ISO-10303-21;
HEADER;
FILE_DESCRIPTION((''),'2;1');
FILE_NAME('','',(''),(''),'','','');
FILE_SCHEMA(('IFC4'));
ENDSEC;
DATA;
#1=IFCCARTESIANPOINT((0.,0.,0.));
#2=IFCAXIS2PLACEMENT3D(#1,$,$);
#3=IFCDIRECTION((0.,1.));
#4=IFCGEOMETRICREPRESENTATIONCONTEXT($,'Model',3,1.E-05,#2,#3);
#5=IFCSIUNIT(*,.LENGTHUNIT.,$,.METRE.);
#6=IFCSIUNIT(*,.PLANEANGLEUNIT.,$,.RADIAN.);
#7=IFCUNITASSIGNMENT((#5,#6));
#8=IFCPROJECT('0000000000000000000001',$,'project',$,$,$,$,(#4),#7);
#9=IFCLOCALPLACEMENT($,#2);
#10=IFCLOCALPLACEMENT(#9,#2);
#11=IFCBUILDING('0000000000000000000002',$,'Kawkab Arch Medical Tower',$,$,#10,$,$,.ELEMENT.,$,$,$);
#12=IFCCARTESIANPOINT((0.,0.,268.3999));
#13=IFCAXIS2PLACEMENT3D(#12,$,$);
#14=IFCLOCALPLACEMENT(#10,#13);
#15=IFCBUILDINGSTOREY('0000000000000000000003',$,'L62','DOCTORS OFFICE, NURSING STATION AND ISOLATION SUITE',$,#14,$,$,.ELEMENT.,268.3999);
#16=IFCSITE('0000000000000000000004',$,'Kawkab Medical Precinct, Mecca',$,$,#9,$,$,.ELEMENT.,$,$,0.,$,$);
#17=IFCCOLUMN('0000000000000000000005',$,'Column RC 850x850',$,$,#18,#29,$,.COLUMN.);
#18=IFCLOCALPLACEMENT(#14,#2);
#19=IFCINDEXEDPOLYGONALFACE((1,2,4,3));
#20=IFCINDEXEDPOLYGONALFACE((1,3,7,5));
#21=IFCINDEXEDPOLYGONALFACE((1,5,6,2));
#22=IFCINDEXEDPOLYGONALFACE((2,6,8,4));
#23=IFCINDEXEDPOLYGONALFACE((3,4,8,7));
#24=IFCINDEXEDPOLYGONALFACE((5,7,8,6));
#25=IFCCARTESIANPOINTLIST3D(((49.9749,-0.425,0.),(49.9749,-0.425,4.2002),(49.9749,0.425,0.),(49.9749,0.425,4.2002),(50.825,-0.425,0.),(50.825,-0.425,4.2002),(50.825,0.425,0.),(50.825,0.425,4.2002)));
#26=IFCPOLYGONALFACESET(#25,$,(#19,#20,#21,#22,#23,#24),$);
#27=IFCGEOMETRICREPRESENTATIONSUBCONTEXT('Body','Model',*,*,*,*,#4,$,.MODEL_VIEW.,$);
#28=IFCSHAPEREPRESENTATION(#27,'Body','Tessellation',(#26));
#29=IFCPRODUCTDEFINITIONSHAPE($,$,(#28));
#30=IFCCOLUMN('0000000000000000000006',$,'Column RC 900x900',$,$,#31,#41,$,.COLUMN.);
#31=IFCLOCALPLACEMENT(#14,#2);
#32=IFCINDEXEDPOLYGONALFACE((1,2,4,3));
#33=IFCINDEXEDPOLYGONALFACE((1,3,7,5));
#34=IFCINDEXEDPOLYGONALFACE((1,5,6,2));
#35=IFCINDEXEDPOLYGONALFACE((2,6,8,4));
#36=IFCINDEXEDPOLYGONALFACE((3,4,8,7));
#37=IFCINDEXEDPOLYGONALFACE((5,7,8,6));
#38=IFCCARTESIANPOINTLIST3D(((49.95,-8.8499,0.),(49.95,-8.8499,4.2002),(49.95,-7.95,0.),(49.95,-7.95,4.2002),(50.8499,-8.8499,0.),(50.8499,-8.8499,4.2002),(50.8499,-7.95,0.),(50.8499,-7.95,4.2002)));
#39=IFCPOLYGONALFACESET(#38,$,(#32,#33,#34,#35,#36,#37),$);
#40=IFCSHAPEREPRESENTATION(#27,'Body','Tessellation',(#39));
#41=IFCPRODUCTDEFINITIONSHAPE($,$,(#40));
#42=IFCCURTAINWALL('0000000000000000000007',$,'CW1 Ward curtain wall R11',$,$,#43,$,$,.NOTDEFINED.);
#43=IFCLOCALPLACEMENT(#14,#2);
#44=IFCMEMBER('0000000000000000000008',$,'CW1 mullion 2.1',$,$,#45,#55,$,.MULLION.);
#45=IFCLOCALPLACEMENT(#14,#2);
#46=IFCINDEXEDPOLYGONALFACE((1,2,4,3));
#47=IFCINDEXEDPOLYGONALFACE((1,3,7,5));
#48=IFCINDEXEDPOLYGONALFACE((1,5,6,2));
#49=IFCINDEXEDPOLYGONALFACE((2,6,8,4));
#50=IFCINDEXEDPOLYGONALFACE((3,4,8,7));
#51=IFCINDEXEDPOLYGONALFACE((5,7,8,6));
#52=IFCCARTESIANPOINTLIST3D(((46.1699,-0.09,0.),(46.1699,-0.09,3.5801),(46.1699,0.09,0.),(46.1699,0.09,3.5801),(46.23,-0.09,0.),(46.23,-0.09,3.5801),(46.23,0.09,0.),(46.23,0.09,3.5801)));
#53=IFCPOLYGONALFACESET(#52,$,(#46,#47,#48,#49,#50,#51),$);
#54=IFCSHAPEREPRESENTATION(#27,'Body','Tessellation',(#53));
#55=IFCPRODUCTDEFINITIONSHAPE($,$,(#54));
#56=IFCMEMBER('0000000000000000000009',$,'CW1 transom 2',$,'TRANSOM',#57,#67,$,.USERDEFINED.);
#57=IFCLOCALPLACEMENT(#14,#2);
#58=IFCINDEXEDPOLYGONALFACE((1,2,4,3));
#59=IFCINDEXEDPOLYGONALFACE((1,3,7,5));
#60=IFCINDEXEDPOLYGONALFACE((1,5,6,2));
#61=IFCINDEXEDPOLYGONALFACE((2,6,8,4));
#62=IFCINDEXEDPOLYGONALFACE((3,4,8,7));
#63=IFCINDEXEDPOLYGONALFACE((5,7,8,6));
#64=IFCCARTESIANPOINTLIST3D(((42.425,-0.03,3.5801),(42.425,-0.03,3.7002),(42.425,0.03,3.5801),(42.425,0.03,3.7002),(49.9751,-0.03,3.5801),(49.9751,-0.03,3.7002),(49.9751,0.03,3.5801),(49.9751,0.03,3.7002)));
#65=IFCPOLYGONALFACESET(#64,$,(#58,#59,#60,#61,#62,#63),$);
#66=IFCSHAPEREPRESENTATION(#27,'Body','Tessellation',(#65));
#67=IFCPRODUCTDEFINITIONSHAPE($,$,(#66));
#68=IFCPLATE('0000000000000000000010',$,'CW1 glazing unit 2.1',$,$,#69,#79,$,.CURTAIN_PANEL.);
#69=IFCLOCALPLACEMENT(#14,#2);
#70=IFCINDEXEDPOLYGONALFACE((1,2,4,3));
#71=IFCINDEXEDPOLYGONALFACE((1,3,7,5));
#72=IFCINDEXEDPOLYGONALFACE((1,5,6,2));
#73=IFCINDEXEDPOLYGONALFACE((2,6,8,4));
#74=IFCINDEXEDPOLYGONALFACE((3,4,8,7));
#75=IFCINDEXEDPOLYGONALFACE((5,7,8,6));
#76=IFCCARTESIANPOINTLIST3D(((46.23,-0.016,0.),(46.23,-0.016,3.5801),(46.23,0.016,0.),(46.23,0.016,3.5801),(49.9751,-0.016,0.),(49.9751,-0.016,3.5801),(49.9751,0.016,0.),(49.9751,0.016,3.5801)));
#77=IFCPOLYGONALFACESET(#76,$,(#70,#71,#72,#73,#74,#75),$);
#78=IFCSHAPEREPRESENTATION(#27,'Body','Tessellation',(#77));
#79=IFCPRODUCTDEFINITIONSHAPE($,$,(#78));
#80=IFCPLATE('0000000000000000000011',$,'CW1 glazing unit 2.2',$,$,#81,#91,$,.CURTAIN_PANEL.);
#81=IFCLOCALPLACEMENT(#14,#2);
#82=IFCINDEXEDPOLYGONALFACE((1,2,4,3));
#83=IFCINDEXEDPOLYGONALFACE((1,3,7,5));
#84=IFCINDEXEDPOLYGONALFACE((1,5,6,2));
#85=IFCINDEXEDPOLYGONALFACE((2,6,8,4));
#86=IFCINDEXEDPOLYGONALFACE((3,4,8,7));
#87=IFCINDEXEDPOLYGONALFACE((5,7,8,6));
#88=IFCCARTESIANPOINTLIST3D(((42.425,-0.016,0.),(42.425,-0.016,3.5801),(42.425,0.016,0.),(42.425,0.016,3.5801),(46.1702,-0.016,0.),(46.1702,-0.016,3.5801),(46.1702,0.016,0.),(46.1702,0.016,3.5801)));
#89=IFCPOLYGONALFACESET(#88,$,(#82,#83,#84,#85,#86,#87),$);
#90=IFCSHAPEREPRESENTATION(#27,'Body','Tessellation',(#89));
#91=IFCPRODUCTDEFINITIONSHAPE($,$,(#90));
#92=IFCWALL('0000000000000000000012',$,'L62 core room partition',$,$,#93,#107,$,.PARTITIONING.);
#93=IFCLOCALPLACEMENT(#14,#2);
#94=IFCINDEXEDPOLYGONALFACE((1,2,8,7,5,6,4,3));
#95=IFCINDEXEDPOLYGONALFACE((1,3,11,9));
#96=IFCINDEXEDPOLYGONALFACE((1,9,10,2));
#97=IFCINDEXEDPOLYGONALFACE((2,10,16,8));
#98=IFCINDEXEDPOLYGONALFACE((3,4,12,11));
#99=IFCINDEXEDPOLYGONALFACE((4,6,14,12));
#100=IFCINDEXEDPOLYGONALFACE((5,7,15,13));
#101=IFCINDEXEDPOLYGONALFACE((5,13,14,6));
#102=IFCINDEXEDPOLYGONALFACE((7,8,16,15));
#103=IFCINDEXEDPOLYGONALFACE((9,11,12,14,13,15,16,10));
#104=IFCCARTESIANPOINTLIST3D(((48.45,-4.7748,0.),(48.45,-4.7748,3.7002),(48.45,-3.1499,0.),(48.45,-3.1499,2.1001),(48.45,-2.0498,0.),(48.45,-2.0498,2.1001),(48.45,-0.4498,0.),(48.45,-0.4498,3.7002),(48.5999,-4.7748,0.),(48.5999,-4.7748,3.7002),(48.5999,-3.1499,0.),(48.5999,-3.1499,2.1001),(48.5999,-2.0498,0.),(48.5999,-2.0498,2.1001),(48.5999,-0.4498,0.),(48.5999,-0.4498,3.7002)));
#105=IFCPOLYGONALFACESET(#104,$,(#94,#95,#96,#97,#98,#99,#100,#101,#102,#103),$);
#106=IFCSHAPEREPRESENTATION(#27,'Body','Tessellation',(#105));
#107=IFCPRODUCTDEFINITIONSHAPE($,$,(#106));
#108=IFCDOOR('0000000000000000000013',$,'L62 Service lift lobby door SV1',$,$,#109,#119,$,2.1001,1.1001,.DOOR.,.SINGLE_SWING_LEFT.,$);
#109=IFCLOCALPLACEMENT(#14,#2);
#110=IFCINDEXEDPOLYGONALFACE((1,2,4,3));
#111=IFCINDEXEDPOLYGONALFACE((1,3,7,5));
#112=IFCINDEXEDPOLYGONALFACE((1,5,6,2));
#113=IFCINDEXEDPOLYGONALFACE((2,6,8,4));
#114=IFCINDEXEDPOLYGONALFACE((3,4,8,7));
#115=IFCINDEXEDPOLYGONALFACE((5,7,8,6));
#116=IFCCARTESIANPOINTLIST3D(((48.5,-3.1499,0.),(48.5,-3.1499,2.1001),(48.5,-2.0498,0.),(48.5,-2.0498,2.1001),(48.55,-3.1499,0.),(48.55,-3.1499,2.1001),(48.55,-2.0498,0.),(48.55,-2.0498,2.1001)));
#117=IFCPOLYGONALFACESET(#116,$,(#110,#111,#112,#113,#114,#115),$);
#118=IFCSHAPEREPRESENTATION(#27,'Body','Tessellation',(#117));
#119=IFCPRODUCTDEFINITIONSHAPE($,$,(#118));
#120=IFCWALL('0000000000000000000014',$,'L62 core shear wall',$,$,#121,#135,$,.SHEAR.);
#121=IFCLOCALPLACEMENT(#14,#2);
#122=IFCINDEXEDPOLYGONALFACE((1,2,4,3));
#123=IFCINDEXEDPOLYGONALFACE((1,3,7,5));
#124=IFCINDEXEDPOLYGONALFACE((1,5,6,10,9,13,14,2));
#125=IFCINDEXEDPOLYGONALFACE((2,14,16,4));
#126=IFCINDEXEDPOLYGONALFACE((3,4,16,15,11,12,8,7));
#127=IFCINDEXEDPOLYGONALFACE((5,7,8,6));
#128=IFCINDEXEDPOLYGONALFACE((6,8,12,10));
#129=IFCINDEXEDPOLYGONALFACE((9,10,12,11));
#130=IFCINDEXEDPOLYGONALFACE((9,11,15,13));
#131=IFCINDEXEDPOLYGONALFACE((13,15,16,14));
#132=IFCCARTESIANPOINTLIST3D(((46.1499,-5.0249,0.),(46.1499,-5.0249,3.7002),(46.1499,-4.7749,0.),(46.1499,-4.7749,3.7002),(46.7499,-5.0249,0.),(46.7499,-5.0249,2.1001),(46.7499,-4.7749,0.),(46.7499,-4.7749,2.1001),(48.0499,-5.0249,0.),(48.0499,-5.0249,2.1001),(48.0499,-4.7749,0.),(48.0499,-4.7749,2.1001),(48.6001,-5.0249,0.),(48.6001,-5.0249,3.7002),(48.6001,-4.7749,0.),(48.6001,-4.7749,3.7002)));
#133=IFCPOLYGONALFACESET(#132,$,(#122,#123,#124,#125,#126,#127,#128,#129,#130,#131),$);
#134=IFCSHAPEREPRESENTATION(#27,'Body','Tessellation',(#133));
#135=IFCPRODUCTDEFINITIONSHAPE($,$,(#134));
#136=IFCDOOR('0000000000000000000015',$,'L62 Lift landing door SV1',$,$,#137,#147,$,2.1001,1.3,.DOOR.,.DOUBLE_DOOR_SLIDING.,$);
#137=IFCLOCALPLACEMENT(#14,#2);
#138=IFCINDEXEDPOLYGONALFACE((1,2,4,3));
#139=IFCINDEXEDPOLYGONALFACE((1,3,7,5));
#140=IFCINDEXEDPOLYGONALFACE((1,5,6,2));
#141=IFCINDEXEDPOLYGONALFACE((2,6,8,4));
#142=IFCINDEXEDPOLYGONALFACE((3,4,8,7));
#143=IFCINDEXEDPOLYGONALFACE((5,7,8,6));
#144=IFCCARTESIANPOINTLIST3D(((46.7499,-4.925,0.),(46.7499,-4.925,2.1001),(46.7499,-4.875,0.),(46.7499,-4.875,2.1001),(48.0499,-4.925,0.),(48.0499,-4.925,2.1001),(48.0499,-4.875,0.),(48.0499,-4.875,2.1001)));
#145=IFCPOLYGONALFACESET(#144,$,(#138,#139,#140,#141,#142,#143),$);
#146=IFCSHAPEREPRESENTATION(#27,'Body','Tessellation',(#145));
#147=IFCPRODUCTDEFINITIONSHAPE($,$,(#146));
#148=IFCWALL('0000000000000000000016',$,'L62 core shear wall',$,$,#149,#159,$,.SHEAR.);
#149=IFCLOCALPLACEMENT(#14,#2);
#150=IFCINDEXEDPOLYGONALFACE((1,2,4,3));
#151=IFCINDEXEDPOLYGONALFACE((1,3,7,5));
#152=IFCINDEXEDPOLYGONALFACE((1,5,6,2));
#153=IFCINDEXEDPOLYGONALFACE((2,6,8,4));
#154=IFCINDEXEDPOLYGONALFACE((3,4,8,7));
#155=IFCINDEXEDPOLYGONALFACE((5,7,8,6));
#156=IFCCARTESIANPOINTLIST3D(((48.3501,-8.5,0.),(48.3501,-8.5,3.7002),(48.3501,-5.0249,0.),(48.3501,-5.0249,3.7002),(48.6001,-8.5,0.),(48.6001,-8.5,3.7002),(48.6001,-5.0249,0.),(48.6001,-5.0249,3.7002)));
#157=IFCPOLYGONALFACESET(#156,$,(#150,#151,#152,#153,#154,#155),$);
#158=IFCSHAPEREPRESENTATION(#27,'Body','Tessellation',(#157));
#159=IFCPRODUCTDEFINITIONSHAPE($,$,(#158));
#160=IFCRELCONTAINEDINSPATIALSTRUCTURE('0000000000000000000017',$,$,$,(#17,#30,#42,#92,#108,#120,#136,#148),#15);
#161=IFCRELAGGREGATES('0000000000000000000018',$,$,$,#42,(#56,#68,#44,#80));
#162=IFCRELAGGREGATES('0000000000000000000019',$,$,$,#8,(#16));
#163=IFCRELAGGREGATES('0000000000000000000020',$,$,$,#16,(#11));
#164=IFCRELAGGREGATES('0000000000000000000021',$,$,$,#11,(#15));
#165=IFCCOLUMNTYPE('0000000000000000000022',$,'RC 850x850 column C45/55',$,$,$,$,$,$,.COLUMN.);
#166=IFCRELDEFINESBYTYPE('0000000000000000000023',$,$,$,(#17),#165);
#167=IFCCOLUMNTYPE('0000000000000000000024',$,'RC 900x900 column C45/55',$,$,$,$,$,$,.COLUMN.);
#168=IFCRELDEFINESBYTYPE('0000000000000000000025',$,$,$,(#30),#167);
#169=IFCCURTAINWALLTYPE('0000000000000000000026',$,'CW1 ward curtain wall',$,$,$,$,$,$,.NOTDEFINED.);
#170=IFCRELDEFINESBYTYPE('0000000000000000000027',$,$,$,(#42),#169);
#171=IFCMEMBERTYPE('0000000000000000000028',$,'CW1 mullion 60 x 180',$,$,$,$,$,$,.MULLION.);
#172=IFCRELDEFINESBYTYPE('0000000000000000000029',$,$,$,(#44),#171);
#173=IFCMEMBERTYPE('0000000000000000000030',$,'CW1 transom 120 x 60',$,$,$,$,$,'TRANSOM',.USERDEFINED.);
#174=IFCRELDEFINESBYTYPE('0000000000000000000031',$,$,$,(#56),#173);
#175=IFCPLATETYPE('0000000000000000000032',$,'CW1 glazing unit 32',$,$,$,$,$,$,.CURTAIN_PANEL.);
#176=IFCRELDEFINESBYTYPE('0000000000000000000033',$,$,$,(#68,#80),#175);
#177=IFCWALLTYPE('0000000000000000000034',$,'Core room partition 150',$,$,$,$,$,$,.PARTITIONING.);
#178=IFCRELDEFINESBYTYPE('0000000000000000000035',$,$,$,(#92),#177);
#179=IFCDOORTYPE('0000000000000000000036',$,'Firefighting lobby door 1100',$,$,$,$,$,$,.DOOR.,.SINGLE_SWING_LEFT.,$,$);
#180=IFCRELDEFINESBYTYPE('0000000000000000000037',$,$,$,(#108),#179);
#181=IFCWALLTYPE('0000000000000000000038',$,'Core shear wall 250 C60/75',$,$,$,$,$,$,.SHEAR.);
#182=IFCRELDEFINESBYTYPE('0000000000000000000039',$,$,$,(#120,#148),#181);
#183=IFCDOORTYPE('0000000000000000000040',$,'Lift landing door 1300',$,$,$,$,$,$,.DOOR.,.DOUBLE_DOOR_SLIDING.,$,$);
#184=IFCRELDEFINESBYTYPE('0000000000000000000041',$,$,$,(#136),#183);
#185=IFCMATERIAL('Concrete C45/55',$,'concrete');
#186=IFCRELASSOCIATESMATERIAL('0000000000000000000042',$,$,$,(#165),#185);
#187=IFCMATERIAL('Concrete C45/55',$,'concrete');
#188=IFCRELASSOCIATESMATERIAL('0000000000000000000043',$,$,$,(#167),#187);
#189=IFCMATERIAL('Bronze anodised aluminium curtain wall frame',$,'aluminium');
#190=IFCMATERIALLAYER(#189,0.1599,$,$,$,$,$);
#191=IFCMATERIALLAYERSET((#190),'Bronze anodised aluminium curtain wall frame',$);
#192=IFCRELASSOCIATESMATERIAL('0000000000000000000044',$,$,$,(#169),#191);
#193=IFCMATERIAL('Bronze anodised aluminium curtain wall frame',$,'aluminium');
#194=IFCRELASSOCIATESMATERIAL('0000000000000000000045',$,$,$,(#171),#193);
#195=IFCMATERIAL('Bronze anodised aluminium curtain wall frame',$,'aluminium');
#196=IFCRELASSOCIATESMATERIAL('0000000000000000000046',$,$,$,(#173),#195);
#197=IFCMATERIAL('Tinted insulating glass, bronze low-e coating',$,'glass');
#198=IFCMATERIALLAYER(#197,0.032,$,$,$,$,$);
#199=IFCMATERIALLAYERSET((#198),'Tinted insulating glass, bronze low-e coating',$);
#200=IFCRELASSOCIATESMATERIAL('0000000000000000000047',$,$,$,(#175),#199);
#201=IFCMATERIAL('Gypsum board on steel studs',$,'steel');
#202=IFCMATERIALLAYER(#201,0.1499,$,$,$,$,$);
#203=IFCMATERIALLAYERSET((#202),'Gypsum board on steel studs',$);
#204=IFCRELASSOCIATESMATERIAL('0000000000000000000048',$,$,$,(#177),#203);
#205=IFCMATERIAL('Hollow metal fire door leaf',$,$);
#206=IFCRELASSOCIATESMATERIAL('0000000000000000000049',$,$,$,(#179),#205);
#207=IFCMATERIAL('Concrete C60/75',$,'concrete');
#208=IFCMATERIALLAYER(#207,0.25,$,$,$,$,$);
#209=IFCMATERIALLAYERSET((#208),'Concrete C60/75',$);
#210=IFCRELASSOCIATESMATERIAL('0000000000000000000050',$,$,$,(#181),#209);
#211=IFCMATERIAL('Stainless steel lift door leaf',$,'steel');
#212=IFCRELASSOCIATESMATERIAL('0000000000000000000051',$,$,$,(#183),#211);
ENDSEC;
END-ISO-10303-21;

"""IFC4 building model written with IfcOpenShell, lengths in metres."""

from ifc_helpers import new_model, si_unit, direction, frame, frame_2d, origin, origin_2d, place, context, subcontext, project, spatial, rectangle, extrude, material, layer, layer_set, material_profile, profile_set, type_object, element, fill, aggregate, save


model = new_model("IFC4")

# Units and contexts
model_context = context("Model", 3, precision=1e-05, world=origin(), true_north=direction((0.0, 1.0)))
body_context = subcontext(model_context, "Body", "Model", "MODEL_VIEW")
ifc_project = project(units=[si_unit("LENGTHUNIT", "METRE"), si_unit("PLANEANGLEUNIT", "RADIAN")], contexts=[model_context])

# Site, building, storey
site_placement = place(None, origin())
site = spatial("IfcSite", under=ifc_project, at=site_placement, Name="Kawkab Medical Precinct, Mecca", CompositionType="ELEMENT", RefElevation=0.0)
building_placement = place(site_placement, origin())
building = spatial("IfcBuilding", under=site, at=building_placement, Name="Kawkab Arch Medical Tower", CompositionType="ELEMENT")
storey_placement = place(building_placement, frame((0.0, 0.0, 268.3999)))
storey = spatial("IfcBuildingStorey", under=building, at=storey_placement, Name="L62", Description="DOCTORS OFFICE, NURSING STATION AND ISOLATION SUITE", CompositionType="ELEMENT", Elevation=268.3999)

# Columns
ifc_material_1 = material(Name="Concrete C45/55", Category="concrete")
ifc_material_profile_1 = material_profile(ifc_material_1, rectangle(XDim=0.8501, YDim=0.8501, at=origin_2d()), Name="RC 850x850")
ifc_profile_set_1 = profile_set([ifc_material_profile_1], Name="Concrete C45/55")
column_type_1 = type_object("IfcColumnType", Name="RC 850x850 column C45/55", PredefinedType="COLUMN", material=ifc_profile_set_1)
column_1_placement = place(storey_placement, frame((50.3999, 0.0, 0.0), z_axis=(0.0, 0.0, 1.0), x_axis=(1.0, 0.0, 0.0)))
element("IfcColumn", 1, at=column_1_placement, inside=storey, type_object=column_type_1, Name="Column RC 850x850", PredefinedType="COLUMN", context=body_context, shape_type="SweptSolid", body=[
    extrude(rectangle(XDim=0.8501, YDim=0.8501, at=origin_2d()), origin(), (0.0, 0.0, 1.0), 4.2002),
])
ifc_material_2 = material(Name="Concrete C45/55", Category="concrete")
ifc_material_profile_2 = material_profile(ifc_material_2, rectangle(XDim=0.8999, YDim=0.8999, at=origin_2d()), Name="RC 900x900")
ifc_profile_set_2 = profile_set([ifc_material_profile_2], Name="Concrete C45/55")
column_type_2 = type_object("IfcColumnType", Name="RC 900x900 column C45/55", PredefinedType="COLUMN", material=ifc_profile_set_2)
column_2_placement = place(storey_placement, frame((50.3999, -8.3999, 0.0), z_axis=(0.0, 0.0, 1.0), x_axis=(1.0, 0.0, 0.0)))
element("IfcColumn", 2, at=column_2_placement, inside=storey, type_object=column_type_2, Name="Column RC 900x900", PredefinedType="COLUMN", context=body_context, shape_type="SweptSolid", body=[
    extrude(rectangle(XDim=0.8999, YDim=0.8999, at=origin_2d()), origin(), (0.0, 0.0, 1.0), 4.2002),
])

# Curtain wall, members, plates
ifc_material_3 = material(Name="Bronze anodised aluminium curtain wall frame", Category="aluminium")
ifc_layer_1 = layer(ifc_material_3, 0.1599)
ifc_layer_set_1 = layer_set([ifc_layer_1], Name="Bronze anodised aluminium curtain wall frame")
curtain_wall_type = type_object("IfcCurtainWallType", Name="CW1 ward curtain wall", PredefinedType="NOTDEFINED", material=ifc_layer_set_1)
placement = place(storey_placement, origin())
curtain_wall = element("IfcCurtainWall", 3, at=placement, inside=storey, type_object=curtain_wall_type, Name="CW1 Ward curtain wall R11", PredefinedType="NOTDEFINED")
ifc_material_4 = material(Name="Bronze anodised aluminium curtain wall frame", Category="aluminium")
ifc_material_profile_3 = material_profile(ifc_material_4, rectangle(XDim=0.1799, YDim=0.0601, at=origin_2d()), Name="AL 60x180")
ifc_profile_set_3 = profile_set([ifc_material_profile_3], Name="Bronze anodised aluminium curtain wall frame")
member_type_1 = type_object("IfcMemberType", Name="CW1 mullion 60 x 180", PredefinedType="MULLION", material=ifc_profile_set_3)
member_1_placement = place(storey_placement, frame((46.2, 0.0, 0.0), z_axis=(0.0, 0.0, 1.0), x_axis=(0.0, -1.0, 0.0)))
member_1 = element("IfcMember", 4, at=member_1_placement, type_object=member_type_1, Name="CW1 mullion 2.1", PredefinedType="MULLION", context=body_context, shape_type="SweptSolid", body=[
    extrude(rectangle(XDim=0.1799, YDim=0.0601, at=origin_2d()), origin(), (0.0, 0.0, 1.0), 3.5801),
])
ifc_material_5 = material(Name="Bronze anodised aluminium curtain wall frame", Category="aluminium")
ifc_material_profile_4 = material_profile(ifc_material_5, rectangle(XDim=0.0601, YDim=0.1201, at=origin_2d()), Name="AL 60x120")
ifc_profile_set_4 = profile_set([ifc_material_profile_4], Name="Bronze anodised aluminium curtain wall frame")
member_type_2 = type_object("IfcMemberType", Name="CW1 transom 120 x 60", ElementType="TRANSOM", PredefinedType="USERDEFINED", material=ifc_profile_set_4)
member_2_placement = place(storey_placement, frame((49.9751, 0.0, 3.6401), z_axis=(-1.0, 0.0, 0.0), x_axis=(0.0, -1.0, 0.0)))
member_2 = element("IfcMember", 5, at=member_2_placement, type_object=member_type_2, Name="CW1 transom 2", ObjectType="TRANSOM", PredefinedType="USERDEFINED", context=body_context, shape_type="SweptSolid", body=[
    extrude(rectangle(XDim=0.0601, YDim=0.1201, at=origin_2d()), origin(), (0.0, 0.0, 1.0), 7.55),
])
ifc_material_6 = material(Name="Tinted insulating glass, bronze low-e coating", Category="glass")
ifc_layer_2 = layer(ifc_material_6, 0.032)
ifc_layer_set_2 = layer_set([ifc_layer_2], Name="Tinted insulating glass, bronze low-e coating")
plate_type = type_object("IfcPlateType", Name="CW1 glazing unit 32", PredefinedType="CURTAIN_PANEL", material=ifc_layer_set_2)
plate_1_placement = place(storey_placement, frame((48.1025, 0.0, 0.0), z_axis=(0.0, 0.0, 1.0), x_axis=(-1.0, 0.0, 0.0)))
plate_1 = element("IfcPlate", 6, at=plate_1_placement, type_object=plate_type, Name="CW1 glazing unit 2.1", PredefinedType="CURTAIN_PANEL", context=body_context, shape_type="SweptSolid", body=[
    extrude(rectangle(XDim=3.7451, YDim=0.032, at=origin_2d()), origin(), (0.0, 0.0, 1.0), 3.5801),
])
plate_2_placement = place(storey_placement, frame((44.2976, 0.0, 0.0), z_axis=(0.0, 0.0, 1.0), x_axis=(-1.0, 0.0, 0.0)))
plate_2 = element("IfcPlate", 7, at=plate_2_placement, type_object=plate_type, Name="CW1 glazing unit 2.2", PredefinedType="CURTAIN_PANEL", context=body_context, shape_type="SweptSolid", body=[
    extrude(rectangle(XDim=3.7451, YDim=0.032, at=origin_2d()), origin(), (0.0, 0.0, 1.0), 3.5801),
])
aggregate(curtain_wall, [member_2, plate_1, member_1, plate_2])

# Walls, openings, doors
ifc_material_7 = material(Name="Gypsum board on steel studs", Category="steel")
ifc_layer_3 = layer(ifc_material_7, 0.1499)
ifc_layer_set_3 = layer_set([ifc_layer_3], Name="Gypsum board on steel studs")
wall_type_1 = type_object("IfcWallType", Name="Core room partition 150", PredefinedType="PARTITIONING", material=ifc_layer_set_3)
wall_1_placement = place(storey_placement, frame((48.5249, -4.7749, 0.0), z_axis=(0.0, 0.0, 1.0), x_axis=(0.0, 1.0, 0.0)))
wall_1 = element("IfcWall", 8, at=wall_1_placement, inside=storey, type_object=wall_type_1, Name="L62 core room partition", PredefinedType="PARTITIONING", context=body_context, shape_type="SweptSolid", body=[
    extrude(rectangle(XDim=4.325, YDim=0.1499, at=frame_2d((2.1626, 0.0))), origin(), (0.0, 0.0, 1.0), 3.7002),
])
opening_1_placement = place(wall_1_placement, frame((1.625, 0.0, 0.0)))
opening_1 = element("IfcOpeningElement", 9, at=opening_1_placement, cuts=wall_1, PredefinedType="OPENING", context=body_context, shape_type="SweptSolid", body=[
    extrude(rectangle(XDim=1.1001, YDim=2.1001, at=frame_2d((0.55, 1.05))), frame((0.0, 0.085, 0.0), z_axis=(0.0, -1.0, 0.0), x_axis=(1.0, 0.0, 0.0)), (0.0, 0.0, 1.0), 0.1699),
])
ifc_material_8 = material(Name="Hollow metal fire door leaf")
door_type_1 = type_object("IfcDoorType", Name="Firefighting lobby door 1100", OperationType="SINGLE_SWING_LEFT", PredefinedType="DOOR", material=ifc_material_8)
door_1_placement = place(opening_1_placement, origin())
door_1 = element("IfcDoor", 10, at=door_1_placement, inside=storey, type_object=door_type_1, Name="L62 Service lift lobby door SV1", OperationType="SINGLE_SWING_LEFT", OverallHeight=2.1001, OverallWidth=1.1001, PredefinedType="DOOR", context=body_context, shape_type="SweptSolid", body=[
    extrude(rectangle(XDim=1.1001, YDim=2.1001, at=frame_2d((0.55, 1.05))), frame((0.0, 0.0249, 0.0), z_axis=(0.0, -1.0, 0.0), x_axis=(1.0, 0.0, 0.0)), (0.0, 0.0, 1.0), 0.05),
])
fill(opening_1, door_1)
ifc_material_9 = material(Name="Concrete C60/75", Category="concrete")
ifc_layer_4 = layer(ifc_material_9, 0.25)
ifc_layer_set_4 = layer_set([ifc_layer_4], Name="Concrete C60/75")
wall_type_2 = type_object("IfcWallType", Name="Core shear wall 250 C60/75", PredefinedType="SHEAR", material=ifc_layer_set_4)
wall_2_placement = place(storey_placement, frame((46.1499, -4.8999, 0.0), z_axis=(0.0, 0.0, 1.0), x_axis=(1.0, 0.0, 0.0)))
wall_2 = element("IfcWall", 11, at=wall_2_placement, inside=storey, type_object=wall_type_2, Name="L62 core shear wall", PredefinedType="SHEAR", context=body_context, shape_type="SweptSolid", body=[
    extrude(rectangle(XDim=2.4502, YDim=0.25, at=frame_2d((1.2251, 0.0))), origin(), (0.0, 0.0, 1.0), 3.7002),
])
opening_2_placement = place(wall_2_placement, frame((0.6001, 0.0, 0.0)))
opening_2 = element("IfcOpeningElement", 12, at=opening_2_placement, cuts=wall_2, PredefinedType="OPENING", context=body_context, shape_type="SweptSolid", body=[
    extrude(rectangle(XDim=1.3, YDim=2.1001, at=frame_2d((0.6499, 1.05))), frame((0.0, 0.135, 0.0), z_axis=(0.0, -1.0, 0.0), x_axis=(1.0, 0.0, 0.0)), (0.0, 0.0, 1.0), 0.27),
])
ifc_material_10 = material(Name="Stainless steel lift door leaf", Category="steel")
door_type_2 = type_object("IfcDoorType", Name="Lift landing door 1300", OperationType="DOUBLE_DOOR_SLIDING", PredefinedType="DOOR", material=ifc_material_10)
door_2_placement = place(opening_2_placement, origin())
door_2 = element("IfcDoor", 13, at=door_2_placement, inside=storey, type_object=door_type_2, Name="L62 Lift landing door SV1", OperationType="DOUBLE_DOOR_SLIDING", OverallHeight=2.1001, OverallWidth=1.3, PredefinedType="DOOR", context=body_context, shape_type="SweptSolid", body=[
    extrude(rectangle(XDim=1.3, YDim=2.1001, at=frame_2d((0.6499, 1.05))), frame((0.0, 0.0249, 0.0), z_axis=(0.0, -1.0, 0.0), x_axis=(1.0, 0.0, 0.0)), (0.0, 0.0, 1.0), 0.05),
])
fill(opening_2, door_2)

# Wall
wall_3_placement = place(storey_placement, frame((48.4751, -8.5, 0.0), z_axis=(0.0, 0.0, 1.0), x_axis=(0.0, 1.0, 0.0)))
element("IfcWall", 14, at=wall_3_placement, inside=storey, type_object=wall_type_2, Name="L62 core shear wall", PredefinedType="SHEAR", context=body_context, shape_type="SweptSolid", body=[
    extrude(rectangle(XDim=3.4751, YDim=0.25, at=frame_2d((1.7375, 0.0))), origin(), (0.0, 0.0, 1.0), 3.7002),
])

save(model, "model.ifc")
